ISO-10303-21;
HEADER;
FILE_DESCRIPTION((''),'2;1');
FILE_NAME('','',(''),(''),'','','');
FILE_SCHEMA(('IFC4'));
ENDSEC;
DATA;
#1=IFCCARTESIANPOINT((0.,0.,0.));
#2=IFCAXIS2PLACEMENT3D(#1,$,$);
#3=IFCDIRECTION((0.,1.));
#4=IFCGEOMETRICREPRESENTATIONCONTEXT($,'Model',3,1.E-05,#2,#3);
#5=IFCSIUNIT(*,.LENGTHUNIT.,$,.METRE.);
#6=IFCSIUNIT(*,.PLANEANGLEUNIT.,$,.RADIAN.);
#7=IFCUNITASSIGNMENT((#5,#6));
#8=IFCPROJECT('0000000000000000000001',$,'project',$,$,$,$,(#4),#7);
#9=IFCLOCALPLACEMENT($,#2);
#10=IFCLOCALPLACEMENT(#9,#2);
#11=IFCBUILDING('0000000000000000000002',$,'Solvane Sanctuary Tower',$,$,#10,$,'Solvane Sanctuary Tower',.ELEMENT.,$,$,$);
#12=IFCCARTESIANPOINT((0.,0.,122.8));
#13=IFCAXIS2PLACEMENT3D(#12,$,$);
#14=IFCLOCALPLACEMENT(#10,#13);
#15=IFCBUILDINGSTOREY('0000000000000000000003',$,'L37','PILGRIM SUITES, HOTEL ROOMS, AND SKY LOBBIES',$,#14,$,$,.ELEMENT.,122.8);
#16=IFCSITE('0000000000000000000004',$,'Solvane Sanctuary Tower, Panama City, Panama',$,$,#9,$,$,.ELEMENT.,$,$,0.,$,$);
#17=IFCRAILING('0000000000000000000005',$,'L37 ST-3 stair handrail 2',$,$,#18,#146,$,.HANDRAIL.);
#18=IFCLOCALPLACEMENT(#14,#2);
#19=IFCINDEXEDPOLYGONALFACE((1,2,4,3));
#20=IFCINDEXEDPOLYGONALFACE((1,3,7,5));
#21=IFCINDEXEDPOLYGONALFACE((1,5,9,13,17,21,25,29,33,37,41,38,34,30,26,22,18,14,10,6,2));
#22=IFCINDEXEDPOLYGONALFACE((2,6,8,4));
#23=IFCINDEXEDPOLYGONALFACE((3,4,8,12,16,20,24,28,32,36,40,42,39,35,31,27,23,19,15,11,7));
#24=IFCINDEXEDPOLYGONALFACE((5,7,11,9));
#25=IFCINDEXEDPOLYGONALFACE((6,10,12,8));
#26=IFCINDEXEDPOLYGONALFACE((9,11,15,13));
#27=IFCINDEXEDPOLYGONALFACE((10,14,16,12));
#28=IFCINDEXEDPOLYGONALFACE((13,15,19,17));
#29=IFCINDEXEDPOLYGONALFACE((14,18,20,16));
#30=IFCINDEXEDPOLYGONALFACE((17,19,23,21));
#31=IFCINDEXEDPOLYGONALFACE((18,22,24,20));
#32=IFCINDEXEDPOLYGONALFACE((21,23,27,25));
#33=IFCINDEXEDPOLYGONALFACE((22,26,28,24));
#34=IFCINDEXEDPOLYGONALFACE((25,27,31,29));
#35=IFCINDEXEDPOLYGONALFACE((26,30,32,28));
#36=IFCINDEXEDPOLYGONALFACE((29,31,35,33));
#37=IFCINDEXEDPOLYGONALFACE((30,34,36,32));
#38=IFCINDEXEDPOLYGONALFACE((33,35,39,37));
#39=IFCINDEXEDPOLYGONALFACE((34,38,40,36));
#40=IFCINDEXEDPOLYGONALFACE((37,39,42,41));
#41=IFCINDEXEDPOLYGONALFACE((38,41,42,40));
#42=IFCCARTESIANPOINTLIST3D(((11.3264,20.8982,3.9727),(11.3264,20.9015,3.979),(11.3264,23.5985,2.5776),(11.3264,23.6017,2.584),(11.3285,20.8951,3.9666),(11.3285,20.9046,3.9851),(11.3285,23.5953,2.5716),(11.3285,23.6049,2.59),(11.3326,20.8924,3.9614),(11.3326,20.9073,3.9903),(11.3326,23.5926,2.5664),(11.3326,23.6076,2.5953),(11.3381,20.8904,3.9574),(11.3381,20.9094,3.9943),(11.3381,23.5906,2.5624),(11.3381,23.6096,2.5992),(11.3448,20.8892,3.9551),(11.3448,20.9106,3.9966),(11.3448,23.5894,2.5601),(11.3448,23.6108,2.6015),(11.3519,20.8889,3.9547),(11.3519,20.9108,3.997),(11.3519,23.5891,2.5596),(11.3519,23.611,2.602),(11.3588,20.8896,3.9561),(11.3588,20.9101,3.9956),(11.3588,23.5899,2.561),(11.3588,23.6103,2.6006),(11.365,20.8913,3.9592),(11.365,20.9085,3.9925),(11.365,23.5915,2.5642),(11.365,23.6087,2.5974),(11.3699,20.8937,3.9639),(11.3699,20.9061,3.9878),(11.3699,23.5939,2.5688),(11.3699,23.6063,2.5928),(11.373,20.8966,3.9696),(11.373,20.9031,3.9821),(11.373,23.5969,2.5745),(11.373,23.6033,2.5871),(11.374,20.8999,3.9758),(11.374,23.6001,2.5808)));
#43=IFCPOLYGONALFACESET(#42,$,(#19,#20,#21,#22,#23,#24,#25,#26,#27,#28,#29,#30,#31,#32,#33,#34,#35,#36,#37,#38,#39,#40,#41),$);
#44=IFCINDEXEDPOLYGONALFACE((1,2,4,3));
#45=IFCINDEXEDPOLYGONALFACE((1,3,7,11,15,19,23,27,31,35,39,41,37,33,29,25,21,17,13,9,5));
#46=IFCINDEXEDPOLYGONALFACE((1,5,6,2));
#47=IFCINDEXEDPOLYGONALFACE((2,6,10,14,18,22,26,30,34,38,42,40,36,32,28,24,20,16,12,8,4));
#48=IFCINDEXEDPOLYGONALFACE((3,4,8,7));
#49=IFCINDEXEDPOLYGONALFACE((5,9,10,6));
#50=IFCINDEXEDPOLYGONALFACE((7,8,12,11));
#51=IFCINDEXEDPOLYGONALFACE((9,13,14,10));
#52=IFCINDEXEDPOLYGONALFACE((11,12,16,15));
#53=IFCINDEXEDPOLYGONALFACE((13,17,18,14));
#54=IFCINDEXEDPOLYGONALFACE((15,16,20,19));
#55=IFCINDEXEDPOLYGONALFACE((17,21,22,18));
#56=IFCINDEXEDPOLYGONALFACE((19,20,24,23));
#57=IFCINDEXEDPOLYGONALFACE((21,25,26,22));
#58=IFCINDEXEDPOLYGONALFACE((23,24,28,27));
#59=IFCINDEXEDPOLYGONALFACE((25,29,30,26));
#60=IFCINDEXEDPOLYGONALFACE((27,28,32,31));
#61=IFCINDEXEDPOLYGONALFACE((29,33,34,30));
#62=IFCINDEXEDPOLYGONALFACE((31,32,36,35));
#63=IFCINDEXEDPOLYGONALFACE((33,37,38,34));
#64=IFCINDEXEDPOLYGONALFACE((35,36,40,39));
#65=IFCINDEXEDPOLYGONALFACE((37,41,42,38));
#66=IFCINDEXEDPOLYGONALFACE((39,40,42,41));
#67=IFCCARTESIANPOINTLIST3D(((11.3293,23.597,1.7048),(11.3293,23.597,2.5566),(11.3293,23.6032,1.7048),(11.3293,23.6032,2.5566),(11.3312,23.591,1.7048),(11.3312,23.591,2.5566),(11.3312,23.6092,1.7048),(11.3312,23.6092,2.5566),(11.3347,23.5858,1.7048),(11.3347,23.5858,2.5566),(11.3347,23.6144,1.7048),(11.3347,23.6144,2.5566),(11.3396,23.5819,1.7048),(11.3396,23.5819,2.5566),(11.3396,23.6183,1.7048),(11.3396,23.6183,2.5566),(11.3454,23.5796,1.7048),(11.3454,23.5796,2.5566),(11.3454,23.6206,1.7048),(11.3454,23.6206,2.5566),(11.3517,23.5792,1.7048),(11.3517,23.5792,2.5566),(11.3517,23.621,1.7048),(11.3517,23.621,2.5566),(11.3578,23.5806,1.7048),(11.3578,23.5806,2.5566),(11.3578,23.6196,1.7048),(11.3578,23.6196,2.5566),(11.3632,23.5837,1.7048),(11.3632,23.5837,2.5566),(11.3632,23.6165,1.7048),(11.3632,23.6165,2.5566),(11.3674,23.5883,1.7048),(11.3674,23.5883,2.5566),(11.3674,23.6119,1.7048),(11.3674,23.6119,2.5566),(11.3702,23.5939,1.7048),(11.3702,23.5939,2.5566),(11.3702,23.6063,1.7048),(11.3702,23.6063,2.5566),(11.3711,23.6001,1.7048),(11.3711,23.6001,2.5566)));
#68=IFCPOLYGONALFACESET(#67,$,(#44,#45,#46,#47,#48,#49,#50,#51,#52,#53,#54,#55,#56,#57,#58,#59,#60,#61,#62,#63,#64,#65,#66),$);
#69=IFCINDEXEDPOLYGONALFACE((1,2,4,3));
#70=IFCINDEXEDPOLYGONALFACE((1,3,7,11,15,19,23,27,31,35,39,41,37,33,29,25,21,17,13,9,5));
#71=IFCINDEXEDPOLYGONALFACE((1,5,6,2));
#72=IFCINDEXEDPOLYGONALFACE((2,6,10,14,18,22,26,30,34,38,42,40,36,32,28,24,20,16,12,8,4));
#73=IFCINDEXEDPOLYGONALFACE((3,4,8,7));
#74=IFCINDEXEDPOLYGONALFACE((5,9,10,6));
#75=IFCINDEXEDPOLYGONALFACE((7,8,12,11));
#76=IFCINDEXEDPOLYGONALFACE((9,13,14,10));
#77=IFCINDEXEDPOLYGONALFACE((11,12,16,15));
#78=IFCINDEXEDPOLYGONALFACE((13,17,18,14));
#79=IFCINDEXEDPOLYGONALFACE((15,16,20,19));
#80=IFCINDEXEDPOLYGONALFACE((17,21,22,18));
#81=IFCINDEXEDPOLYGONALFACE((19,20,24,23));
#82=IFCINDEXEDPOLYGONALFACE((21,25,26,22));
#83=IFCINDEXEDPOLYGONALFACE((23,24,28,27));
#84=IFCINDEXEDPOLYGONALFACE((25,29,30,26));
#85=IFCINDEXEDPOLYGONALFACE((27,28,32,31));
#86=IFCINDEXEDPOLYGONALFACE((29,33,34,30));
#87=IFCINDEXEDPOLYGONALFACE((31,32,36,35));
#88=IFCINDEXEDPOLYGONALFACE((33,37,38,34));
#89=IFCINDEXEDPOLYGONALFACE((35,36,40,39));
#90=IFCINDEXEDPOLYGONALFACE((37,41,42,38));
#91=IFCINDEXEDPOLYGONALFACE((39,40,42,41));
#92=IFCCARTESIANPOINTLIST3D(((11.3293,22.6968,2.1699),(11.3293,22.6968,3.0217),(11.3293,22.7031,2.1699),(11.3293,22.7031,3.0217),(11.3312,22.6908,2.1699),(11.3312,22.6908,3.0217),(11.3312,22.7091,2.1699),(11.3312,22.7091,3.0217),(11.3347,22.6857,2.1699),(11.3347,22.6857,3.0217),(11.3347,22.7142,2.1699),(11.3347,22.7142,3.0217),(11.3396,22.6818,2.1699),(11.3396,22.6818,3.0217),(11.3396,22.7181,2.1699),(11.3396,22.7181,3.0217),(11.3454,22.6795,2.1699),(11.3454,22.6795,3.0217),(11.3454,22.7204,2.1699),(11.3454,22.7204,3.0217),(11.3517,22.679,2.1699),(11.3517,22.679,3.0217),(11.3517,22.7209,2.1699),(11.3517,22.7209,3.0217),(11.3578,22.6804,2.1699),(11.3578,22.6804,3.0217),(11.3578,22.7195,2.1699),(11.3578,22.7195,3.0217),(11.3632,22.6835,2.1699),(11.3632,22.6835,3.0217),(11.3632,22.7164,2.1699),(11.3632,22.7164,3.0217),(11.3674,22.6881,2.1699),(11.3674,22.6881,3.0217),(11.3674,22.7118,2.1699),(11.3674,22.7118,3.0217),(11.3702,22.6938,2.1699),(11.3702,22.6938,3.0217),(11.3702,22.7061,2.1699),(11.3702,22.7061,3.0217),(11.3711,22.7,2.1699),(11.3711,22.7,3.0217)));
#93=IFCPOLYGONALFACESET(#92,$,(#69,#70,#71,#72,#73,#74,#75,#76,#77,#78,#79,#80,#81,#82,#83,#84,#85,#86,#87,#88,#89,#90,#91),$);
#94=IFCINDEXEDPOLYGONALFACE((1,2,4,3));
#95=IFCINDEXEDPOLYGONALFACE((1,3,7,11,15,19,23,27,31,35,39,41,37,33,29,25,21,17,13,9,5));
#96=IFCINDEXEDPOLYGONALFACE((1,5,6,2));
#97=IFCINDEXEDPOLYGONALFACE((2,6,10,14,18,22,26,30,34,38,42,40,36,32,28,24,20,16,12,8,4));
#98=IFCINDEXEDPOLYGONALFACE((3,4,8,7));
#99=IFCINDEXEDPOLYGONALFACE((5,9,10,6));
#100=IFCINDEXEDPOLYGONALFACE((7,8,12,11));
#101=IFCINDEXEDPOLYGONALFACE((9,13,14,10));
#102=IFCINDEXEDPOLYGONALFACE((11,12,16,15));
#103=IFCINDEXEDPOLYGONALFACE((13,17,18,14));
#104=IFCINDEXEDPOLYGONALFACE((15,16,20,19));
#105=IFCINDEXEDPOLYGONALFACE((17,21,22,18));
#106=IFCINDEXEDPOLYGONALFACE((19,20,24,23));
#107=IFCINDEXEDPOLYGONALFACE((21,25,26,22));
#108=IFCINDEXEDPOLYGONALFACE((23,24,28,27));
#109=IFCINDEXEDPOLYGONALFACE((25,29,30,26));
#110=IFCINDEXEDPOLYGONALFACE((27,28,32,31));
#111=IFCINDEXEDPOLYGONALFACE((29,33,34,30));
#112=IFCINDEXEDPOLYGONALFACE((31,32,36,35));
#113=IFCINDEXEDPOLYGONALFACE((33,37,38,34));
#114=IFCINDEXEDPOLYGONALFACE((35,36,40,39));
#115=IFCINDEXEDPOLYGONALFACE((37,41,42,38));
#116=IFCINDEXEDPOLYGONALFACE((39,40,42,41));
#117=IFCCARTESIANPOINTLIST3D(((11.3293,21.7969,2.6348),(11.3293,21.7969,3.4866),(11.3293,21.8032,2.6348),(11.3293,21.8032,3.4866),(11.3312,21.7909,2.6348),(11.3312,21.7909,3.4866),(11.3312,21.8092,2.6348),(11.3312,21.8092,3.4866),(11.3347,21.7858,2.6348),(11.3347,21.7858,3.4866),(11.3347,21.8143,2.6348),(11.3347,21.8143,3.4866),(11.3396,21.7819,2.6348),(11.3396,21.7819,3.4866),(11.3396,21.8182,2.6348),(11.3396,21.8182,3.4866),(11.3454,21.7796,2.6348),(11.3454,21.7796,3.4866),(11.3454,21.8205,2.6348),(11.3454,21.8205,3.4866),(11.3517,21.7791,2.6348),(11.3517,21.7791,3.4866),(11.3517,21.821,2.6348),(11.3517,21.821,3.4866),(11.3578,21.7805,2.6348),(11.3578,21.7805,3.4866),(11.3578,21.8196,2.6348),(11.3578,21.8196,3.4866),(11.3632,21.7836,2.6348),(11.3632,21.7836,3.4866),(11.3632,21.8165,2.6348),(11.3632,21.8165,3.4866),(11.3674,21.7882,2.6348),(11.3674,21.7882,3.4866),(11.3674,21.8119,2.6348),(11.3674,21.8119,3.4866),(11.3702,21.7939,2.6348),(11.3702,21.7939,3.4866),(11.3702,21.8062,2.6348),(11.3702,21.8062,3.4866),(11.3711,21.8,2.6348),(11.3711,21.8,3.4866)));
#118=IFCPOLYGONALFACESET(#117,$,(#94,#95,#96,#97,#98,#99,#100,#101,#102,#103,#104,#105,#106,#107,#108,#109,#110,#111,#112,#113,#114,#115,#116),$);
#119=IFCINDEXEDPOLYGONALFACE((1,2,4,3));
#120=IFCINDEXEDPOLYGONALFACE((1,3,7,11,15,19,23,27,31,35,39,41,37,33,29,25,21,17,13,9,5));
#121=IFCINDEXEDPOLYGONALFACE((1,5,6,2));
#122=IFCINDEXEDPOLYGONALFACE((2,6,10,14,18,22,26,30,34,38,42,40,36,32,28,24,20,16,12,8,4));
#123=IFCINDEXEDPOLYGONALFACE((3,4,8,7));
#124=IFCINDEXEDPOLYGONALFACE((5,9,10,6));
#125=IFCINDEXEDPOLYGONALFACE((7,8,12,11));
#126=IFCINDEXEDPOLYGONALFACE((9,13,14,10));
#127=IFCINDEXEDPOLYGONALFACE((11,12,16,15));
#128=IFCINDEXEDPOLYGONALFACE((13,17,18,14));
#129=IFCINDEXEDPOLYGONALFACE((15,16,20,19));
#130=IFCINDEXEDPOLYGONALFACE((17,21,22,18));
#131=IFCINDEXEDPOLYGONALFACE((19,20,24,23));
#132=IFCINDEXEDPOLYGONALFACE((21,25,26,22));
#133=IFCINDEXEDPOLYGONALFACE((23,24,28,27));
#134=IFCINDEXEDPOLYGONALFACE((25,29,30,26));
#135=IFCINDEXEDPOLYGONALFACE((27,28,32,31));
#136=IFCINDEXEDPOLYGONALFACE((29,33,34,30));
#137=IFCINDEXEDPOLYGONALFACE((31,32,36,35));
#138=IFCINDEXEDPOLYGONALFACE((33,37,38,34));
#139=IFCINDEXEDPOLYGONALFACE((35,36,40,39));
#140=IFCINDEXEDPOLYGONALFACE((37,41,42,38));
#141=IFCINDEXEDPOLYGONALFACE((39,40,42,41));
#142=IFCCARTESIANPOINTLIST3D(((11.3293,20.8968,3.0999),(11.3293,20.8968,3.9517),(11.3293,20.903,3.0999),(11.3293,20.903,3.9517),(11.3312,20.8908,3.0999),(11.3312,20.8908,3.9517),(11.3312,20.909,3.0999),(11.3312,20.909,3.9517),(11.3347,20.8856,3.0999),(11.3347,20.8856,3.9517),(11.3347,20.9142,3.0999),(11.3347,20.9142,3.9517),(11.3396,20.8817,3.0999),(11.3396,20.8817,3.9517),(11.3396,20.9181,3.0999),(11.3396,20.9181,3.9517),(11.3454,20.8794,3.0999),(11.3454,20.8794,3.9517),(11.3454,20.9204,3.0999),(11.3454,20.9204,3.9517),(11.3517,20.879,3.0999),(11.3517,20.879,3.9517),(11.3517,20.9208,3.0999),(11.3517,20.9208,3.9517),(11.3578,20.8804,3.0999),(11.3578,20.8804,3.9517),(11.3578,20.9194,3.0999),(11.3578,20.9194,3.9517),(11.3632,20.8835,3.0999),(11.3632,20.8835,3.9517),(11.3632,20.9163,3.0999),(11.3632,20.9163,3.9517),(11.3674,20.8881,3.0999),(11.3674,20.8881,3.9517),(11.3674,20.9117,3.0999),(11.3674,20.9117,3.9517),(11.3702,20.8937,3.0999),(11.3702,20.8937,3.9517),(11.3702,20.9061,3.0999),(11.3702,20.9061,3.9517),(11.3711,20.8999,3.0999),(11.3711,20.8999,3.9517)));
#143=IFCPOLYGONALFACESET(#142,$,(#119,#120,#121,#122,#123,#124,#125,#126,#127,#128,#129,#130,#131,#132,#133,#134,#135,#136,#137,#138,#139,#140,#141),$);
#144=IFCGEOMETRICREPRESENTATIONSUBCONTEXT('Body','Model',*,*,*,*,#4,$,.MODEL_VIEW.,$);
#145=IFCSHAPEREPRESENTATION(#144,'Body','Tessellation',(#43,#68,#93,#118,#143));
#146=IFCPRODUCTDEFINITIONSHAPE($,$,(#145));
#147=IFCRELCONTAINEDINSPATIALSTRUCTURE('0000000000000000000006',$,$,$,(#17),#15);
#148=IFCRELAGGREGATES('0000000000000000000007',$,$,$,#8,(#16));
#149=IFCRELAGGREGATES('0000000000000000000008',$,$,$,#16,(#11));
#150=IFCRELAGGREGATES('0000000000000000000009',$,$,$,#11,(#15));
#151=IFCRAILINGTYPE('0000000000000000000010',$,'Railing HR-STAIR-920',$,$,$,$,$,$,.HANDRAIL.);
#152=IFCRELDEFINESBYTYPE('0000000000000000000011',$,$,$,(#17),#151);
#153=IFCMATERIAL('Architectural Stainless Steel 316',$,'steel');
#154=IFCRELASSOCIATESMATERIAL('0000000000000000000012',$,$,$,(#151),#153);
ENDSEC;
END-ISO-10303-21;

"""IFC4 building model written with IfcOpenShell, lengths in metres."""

from ifc_helpers import new_model, si_unit, direction, frame, origin, origin_2d, place, context, subcontext, project, spatial, circle, extrude, material, type_object, element, save


model = new_model("IFC4")

# Units and contexts
model_context = context("Model", 3, precision=1e-05, world=origin(), true_north=direction((0.0, 1.0)))
body_context = subcontext(model_context, "Body", "Model", "MODEL_VIEW")
ifc_project = project(units=[si_unit("LENGTHUNIT", "METRE"), si_unit("PLANEANGLEUNIT", "RADIAN")], contexts=[model_context])

# Site, building, storey
site_placement = place(None, origin())
site = spatial("IfcSite", under=ifc_project, at=site_placement, Name="Solvane Sanctuary Tower, Panama City, Panama", CompositionType="ELEMENT", RefElevation=0.0)
building_placement = place(site_placement, origin())
building = spatial("IfcBuilding", under=site, at=building_placement, Name="Solvane Sanctuary Tower", LongName="Solvane Sanctuary Tower", CompositionType="ELEMENT")
storey_placement = place(building_placement, frame((0.0, 0.0, 122.8)))
storey = spatial("IfcBuildingStorey", under=building, at=storey_placement, Name="L37", Description="PILGRIM SUITES, HOTEL ROOMS, AND SKY LOBBIES", CompositionType="ELEMENT", Elevation=122.8)

# Shared definitions
ifc_material_1 = material(Name="Architectural Stainless Steel 316", Category="steel")

# Railing
railing_type_1 = type_object("IfcRailingType", Name="Railing HR-STAIR-920", PredefinedType="HANDRAIL", material=ifc_material_1)
railing_1_placement = place(storey_placement, frame((11.3501, 23.6001, 1.7048)))
element("IfcRailing", 1, at=railing_1_placement, inside=storey, type_object=railing_type_1, Name="L37 ST-3 stair handrail 2", PredefinedType="HANDRAIL", context=body_context, shape_type="SweptSolid", body=[
    extrude(circle(Radius=0.0239, at=origin_2d()), frame((0.0, 0.0, 0.876), z_axis=(0.0, -0.888437, 0.458999), x_axis=(1.0, 0.0, 0.0)), (0.0, 0.0, 1.0), 3.0393),
    extrude(circle(Radius=0.021, at=origin_2d()), origin(), (0.0, 0.0, 1.0), 0.8518),
    extrude(circle(Radius=0.021, at=origin_2d()), frame((0.0, -0.9001, 0.4651)), (0.0, 0.0, 1.0), 0.8518),
    extrude(circle(Radius=0.021, at=origin_2d()), frame((0.0, -1.8, 0.9299)), (0.0, 0.0, 1.0), 0.8518),
    extrude(circle(Radius=0.021, at=origin_2d()), frame((0.0, -2.7002, 1.395)), (0.0, 0.0, 1.0), 0.8518),
])

save(model, "model.ifc")
